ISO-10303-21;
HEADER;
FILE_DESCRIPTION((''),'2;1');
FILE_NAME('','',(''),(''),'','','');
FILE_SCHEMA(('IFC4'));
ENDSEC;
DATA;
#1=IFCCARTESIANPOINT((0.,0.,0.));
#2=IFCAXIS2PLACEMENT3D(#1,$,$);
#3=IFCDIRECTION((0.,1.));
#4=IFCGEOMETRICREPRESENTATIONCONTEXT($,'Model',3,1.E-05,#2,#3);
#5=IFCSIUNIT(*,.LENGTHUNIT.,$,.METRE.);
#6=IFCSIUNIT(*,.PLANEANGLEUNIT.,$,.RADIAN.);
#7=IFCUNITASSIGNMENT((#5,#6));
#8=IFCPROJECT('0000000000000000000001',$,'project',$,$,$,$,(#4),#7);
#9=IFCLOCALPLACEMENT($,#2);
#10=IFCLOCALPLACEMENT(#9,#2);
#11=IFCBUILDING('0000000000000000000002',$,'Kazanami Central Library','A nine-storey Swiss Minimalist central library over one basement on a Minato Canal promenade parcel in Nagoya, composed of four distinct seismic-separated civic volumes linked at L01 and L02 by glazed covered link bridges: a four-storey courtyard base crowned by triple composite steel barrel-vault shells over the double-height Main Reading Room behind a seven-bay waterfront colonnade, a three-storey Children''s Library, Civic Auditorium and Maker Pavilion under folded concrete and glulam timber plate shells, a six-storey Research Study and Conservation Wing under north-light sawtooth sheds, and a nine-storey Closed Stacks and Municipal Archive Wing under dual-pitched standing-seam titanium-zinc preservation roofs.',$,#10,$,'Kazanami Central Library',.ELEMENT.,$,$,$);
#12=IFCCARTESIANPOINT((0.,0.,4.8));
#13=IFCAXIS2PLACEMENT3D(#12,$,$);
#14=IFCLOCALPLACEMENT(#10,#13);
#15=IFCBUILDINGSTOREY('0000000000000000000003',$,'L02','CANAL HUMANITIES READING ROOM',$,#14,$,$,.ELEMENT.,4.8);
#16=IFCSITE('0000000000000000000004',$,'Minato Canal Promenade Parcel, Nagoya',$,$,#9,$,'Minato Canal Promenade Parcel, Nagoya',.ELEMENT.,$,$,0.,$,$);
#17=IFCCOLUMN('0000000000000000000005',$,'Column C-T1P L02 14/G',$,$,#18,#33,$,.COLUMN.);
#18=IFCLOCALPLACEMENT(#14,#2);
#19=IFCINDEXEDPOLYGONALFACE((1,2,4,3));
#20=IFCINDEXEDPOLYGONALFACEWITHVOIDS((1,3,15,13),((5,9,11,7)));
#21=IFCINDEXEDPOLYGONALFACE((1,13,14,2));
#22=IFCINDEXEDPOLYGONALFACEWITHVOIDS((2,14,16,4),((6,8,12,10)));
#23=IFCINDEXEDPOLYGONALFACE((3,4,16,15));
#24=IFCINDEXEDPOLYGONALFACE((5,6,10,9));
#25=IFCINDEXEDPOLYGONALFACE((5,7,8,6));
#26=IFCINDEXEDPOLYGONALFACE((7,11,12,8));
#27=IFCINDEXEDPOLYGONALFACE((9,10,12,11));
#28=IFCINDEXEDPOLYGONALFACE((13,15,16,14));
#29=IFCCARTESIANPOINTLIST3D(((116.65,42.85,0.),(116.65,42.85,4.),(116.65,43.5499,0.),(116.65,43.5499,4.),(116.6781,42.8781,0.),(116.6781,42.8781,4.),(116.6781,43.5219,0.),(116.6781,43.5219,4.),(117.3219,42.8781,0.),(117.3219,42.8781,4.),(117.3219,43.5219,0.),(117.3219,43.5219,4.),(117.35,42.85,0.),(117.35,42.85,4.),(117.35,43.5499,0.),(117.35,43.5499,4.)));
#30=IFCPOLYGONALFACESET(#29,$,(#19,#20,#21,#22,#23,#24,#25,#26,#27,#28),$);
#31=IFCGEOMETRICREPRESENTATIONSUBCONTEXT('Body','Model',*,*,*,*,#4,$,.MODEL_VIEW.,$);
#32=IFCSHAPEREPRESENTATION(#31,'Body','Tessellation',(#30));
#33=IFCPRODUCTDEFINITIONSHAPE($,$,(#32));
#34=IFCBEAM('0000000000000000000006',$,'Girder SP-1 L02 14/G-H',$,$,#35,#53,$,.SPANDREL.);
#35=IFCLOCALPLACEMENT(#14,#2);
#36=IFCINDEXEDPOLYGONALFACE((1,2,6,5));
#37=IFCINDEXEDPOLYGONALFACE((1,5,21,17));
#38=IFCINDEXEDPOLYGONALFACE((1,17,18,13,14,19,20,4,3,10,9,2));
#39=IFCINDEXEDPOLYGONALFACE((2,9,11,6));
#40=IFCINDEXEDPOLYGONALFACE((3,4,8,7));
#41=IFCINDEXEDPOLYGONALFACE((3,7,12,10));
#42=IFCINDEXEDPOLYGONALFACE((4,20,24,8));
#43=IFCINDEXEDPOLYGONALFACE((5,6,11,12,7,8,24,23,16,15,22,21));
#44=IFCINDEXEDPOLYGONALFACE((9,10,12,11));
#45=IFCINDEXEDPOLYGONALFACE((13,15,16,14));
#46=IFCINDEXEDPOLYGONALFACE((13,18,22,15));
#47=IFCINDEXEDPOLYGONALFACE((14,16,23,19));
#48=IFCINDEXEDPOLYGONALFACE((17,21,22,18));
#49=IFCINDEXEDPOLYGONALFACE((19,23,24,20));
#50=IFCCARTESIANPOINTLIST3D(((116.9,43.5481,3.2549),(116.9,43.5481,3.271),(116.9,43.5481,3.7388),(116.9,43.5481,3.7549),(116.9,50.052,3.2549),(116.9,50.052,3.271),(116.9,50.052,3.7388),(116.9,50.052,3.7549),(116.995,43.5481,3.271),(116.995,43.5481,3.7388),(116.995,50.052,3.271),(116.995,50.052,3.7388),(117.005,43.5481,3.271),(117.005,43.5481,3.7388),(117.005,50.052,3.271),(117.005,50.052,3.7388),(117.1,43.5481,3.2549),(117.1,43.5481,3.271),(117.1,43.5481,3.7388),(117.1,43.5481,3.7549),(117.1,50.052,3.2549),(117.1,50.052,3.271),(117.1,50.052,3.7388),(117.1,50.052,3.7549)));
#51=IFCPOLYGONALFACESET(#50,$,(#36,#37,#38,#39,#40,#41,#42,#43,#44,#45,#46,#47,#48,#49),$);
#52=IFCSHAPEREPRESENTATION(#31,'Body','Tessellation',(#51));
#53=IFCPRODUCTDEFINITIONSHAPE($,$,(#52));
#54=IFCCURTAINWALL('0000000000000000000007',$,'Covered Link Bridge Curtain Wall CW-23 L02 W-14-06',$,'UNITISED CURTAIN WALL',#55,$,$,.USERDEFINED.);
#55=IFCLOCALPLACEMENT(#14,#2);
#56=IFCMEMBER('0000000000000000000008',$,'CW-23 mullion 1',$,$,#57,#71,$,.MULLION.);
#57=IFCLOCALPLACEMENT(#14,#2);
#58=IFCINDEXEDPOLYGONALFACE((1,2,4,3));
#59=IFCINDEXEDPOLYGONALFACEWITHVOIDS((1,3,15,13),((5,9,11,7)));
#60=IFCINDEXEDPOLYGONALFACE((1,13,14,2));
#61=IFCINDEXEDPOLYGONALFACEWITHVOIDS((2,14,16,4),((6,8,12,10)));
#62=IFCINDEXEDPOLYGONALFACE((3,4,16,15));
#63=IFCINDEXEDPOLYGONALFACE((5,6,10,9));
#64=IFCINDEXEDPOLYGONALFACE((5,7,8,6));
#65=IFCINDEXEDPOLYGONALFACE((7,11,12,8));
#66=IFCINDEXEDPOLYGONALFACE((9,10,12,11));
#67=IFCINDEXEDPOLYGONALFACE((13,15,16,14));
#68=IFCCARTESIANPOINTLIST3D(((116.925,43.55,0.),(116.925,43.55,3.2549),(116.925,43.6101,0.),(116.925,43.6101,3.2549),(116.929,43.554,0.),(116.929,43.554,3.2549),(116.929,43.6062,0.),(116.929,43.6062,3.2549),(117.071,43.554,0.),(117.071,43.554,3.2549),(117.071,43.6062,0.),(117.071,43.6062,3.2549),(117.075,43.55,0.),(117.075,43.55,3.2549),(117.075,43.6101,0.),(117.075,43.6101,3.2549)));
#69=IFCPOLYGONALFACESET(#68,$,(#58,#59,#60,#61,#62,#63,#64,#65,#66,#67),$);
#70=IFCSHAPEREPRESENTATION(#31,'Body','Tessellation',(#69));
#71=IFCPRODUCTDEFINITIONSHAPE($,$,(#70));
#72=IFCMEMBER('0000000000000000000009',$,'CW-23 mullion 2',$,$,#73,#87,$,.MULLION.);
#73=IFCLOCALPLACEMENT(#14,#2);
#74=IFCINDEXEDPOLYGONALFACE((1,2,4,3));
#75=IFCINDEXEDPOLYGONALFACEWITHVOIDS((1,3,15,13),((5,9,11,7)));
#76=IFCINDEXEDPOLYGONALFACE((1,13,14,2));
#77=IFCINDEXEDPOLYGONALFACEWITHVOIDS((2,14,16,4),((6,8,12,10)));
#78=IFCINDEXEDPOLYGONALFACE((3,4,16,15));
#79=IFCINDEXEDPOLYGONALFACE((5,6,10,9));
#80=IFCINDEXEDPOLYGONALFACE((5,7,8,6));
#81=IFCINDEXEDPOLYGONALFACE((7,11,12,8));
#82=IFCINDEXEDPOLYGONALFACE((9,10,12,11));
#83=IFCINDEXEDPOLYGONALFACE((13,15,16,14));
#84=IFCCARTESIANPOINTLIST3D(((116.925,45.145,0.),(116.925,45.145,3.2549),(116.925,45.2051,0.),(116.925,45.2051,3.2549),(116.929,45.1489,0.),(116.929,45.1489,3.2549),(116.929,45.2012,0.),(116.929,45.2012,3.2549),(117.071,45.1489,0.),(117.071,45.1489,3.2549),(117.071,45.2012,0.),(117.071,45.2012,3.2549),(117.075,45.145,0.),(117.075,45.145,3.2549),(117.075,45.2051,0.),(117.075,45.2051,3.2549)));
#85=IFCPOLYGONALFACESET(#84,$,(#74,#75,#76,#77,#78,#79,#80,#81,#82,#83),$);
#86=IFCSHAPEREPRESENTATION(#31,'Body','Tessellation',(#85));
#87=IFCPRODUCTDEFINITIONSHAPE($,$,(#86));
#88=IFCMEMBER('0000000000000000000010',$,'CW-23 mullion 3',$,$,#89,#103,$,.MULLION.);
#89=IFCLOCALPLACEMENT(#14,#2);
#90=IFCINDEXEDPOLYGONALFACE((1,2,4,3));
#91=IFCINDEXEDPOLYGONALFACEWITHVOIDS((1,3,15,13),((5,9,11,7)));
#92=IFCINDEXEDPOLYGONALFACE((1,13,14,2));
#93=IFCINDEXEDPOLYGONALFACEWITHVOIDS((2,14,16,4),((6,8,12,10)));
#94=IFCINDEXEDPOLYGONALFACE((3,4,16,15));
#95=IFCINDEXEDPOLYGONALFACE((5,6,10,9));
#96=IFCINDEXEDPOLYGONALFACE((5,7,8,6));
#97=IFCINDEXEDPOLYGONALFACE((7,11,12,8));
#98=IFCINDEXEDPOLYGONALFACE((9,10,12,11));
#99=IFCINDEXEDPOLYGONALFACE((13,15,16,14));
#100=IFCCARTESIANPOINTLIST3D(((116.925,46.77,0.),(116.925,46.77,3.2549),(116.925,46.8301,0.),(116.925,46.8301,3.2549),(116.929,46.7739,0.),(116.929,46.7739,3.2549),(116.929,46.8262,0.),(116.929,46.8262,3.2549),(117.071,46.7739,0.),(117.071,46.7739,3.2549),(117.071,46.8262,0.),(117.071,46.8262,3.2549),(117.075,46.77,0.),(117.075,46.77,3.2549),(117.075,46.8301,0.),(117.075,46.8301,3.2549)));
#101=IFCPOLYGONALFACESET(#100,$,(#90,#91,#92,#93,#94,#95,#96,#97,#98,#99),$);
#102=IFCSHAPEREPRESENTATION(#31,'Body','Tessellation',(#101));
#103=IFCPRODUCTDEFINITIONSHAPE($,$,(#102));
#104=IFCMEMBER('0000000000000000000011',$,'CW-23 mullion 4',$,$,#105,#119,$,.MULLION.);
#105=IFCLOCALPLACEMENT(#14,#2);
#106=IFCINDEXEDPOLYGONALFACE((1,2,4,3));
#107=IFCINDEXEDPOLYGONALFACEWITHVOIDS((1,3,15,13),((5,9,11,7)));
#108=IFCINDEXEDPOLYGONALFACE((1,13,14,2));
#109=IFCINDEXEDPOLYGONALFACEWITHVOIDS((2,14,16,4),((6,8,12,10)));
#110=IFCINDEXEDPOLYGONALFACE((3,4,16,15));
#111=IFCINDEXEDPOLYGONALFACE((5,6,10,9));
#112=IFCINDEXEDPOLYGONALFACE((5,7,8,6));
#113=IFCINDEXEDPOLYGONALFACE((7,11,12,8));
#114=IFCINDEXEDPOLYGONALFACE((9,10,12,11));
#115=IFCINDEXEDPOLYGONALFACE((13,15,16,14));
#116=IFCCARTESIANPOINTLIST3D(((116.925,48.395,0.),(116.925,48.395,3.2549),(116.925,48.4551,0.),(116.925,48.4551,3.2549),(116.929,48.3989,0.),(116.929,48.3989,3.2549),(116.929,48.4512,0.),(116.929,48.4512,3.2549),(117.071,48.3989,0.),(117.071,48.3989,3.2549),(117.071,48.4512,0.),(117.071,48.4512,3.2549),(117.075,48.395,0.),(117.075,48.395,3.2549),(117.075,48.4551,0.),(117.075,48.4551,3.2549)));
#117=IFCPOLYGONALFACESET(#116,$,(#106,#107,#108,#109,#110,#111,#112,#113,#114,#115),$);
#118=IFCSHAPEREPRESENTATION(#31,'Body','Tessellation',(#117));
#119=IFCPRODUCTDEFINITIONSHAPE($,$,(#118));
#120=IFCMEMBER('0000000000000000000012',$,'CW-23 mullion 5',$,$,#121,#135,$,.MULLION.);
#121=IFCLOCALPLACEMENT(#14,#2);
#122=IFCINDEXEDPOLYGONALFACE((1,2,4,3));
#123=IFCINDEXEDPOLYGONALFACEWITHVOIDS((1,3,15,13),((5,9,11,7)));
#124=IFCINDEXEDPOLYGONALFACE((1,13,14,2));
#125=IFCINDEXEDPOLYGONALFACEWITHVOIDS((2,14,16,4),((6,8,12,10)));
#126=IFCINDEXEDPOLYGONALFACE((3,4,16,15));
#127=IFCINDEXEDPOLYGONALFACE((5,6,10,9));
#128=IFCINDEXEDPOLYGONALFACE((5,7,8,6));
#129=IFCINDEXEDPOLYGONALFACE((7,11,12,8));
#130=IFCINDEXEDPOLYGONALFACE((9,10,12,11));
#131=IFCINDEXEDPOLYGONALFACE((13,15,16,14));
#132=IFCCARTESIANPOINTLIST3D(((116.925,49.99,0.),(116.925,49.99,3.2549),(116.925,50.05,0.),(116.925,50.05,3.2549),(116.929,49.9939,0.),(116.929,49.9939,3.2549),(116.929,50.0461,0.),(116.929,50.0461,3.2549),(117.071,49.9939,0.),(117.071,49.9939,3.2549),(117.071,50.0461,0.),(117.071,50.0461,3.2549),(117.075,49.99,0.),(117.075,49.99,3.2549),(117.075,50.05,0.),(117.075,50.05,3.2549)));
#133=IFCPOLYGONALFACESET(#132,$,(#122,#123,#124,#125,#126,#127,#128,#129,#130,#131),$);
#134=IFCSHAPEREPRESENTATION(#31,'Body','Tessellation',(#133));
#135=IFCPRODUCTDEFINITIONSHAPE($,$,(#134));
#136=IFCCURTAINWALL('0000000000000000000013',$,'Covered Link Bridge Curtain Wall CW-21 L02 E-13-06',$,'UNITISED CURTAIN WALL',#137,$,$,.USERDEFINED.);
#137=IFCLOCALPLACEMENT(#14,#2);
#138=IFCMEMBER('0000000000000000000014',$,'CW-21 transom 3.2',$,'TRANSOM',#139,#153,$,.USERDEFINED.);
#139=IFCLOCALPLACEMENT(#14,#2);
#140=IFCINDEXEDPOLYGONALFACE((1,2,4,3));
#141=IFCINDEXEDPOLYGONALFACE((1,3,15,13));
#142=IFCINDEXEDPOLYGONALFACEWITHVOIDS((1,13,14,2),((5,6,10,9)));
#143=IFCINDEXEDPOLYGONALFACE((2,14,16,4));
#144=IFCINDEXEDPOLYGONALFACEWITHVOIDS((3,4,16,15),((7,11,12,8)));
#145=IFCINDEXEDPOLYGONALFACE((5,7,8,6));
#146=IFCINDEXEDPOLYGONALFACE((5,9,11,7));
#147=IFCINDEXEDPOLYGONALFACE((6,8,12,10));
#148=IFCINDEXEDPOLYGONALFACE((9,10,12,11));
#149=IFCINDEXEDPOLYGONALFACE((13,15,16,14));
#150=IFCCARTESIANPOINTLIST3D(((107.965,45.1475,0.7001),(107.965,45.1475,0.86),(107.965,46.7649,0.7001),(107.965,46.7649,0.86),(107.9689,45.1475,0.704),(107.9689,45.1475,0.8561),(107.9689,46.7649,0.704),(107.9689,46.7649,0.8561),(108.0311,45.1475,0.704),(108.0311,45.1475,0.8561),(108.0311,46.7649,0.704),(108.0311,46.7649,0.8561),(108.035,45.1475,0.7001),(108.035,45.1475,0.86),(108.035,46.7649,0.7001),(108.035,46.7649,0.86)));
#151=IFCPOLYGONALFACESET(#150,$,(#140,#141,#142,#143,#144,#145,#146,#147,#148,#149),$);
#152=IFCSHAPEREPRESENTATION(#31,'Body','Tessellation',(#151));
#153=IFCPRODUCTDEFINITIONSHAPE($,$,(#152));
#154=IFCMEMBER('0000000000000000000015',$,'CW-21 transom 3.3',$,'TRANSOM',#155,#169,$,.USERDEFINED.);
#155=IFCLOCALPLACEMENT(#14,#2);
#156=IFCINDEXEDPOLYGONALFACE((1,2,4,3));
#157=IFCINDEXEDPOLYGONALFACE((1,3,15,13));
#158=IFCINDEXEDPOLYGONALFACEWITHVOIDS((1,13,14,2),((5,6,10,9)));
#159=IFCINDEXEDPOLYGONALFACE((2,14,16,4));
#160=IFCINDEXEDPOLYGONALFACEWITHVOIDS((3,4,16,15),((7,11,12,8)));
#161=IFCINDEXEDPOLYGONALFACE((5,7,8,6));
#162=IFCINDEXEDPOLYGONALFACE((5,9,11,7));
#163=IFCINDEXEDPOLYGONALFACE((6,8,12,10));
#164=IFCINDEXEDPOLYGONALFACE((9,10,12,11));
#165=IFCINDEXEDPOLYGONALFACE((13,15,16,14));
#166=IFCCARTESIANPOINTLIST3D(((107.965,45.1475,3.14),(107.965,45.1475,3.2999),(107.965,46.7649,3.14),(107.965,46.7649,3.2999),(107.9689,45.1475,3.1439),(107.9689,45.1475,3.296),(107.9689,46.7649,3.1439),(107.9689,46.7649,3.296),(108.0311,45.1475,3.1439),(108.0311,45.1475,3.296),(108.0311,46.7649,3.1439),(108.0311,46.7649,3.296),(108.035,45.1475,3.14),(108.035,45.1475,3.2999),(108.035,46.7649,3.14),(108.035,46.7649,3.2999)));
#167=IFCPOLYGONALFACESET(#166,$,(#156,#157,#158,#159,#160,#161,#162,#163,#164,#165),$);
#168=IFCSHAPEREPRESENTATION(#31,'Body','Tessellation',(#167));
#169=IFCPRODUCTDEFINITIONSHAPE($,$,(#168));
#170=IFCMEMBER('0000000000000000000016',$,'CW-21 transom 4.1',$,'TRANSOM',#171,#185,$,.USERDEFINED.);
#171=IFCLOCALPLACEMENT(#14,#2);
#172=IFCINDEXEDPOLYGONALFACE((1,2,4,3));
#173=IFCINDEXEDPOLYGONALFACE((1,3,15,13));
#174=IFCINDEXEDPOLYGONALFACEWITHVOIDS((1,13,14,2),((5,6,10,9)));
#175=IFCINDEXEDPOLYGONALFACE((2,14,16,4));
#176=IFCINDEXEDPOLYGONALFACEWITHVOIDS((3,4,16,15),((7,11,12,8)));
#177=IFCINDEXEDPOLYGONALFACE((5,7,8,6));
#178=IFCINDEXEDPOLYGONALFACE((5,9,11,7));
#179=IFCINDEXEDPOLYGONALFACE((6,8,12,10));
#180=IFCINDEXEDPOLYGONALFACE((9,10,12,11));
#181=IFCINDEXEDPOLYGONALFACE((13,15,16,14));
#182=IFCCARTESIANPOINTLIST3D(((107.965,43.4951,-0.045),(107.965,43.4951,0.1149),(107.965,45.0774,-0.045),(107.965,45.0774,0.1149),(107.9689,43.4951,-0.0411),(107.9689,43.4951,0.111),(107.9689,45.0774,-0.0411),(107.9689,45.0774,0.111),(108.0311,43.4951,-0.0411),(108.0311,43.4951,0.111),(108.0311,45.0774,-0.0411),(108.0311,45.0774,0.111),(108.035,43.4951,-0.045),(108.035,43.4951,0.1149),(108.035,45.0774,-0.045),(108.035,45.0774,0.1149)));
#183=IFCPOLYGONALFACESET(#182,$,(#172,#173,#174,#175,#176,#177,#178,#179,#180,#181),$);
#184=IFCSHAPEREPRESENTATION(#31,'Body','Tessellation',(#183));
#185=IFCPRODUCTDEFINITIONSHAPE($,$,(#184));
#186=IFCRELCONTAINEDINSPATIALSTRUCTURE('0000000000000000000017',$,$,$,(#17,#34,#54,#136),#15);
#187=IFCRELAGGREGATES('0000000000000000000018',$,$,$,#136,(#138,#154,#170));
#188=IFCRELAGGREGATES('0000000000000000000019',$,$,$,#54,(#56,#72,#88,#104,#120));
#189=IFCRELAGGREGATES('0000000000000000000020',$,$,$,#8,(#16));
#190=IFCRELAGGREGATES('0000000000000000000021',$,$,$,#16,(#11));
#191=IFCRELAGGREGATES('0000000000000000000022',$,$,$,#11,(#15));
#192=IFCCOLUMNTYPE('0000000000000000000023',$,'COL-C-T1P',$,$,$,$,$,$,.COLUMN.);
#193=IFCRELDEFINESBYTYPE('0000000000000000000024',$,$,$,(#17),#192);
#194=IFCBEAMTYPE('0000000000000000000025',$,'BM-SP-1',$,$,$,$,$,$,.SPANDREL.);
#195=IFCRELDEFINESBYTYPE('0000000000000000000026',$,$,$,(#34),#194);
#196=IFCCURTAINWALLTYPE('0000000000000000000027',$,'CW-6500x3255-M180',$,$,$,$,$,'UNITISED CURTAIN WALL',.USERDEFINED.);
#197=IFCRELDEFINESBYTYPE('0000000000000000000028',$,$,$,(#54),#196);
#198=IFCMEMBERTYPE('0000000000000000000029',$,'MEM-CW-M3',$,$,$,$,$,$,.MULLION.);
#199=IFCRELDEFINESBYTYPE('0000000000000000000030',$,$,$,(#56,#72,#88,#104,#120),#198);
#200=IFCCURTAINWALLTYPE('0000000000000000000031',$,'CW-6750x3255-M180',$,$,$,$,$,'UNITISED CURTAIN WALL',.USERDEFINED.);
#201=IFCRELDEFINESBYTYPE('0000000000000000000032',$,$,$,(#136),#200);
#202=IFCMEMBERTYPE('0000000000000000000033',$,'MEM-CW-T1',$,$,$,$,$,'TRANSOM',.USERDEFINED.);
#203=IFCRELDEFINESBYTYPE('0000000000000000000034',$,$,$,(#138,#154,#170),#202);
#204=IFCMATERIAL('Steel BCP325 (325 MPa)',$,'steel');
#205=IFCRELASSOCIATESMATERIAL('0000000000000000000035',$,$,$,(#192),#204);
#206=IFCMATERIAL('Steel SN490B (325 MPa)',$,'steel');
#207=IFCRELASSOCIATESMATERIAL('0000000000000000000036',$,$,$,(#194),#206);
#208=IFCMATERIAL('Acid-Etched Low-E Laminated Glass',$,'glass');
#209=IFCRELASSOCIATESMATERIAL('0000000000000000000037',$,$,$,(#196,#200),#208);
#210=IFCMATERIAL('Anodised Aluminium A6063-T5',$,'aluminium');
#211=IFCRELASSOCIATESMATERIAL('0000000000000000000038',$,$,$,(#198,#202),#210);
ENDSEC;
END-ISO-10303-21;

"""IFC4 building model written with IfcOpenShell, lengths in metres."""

from ifc_helpers import new_model, si_unit, direction, frame, origin, origin_2d, place, context, subcontext, project, spatial, hollow_rectangle, i_section, extrude, material, material_profile, profile_set, type_object, element, aggregate, save


model = new_model("IFC4")

# Units and contexts
model_context = context("Model", 3, precision=1e-05, world=origin(), true_north=direction((0.0, 1.0)))
body_context = subcontext(model_context, "Body", "Model", "MODEL_VIEW")
ifc_project = project(units=[si_unit("LENGTHUNIT", "METRE"), si_unit("PLANEANGLEUNIT", "RADIAN")], contexts=[model_context])

# Site, building, storey
site_placement = place(None, origin())
site = spatial("IfcSite", under=ifc_project, at=site_placement, Name="Minato Canal Promenade Parcel, Nagoya", LongName="Minato Canal Promenade Parcel, Nagoya", CompositionType="ELEMENT", RefElevation=0.0)
building_placement = place(site_placement, origin())
building = spatial("IfcBuilding", under=site, at=building_placement, Name="Kazanami Central Library", Description="A nine-storey Swiss Minimalist central library over one basement on a Minato Canal promenade parcel in Nagoya, composed of four distinct seismic-separated civic volumes linked at L01 and L02 by glazed covered link bridges: a four-storey courtyard base crowned by triple composite steel barrel-vault shells over the double-height Main Reading Room behind a seven-bay waterfront colonnade, a three-storey Children's Library, Civic Auditorium and Maker Pavilion under folded concrete and glulam timber plate shells, a six-storey Research Study and Conservation Wing under north-light sawtooth sheds, and a nine-storey Closed Stacks and Municipal Archive Wing under dual-pitched standing-seam titanium-zinc preservation roofs.", LongName="Kazanami Central Library", CompositionType="ELEMENT")
storey_placement = place(building_placement, frame((0.0, 0.0, 4.8)))
storey = spatial("IfcBuildingStorey", under=building, at=storey_placement, Name="L02", Description="CANAL HUMANITIES READING ROOM", CompositionType="ELEMENT", Elevation=4.8)

# Column
ifc_material_1 = material(Name="Steel BCP325 (325 MPa)", Category="steel")
ifc_material_profile_1 = material_profile(ifc_material_1, hollow_rectangle(XDim=0.7, YDim=0.7, WallThickness=0.0281, at=origin_2d()), Name="BCP-700x700x28")
ifc_profile_set_1 = profile_set([ifc_material_profile_1], Name="Steel BCP325 (325 MPa)")
column_type = type_object("IfcColumnType", Name="COL-C-T1P", PredefinedType="COLUMN", material=ifc_profile_set_1)
column_placement = place(storey_placement, frame((117.0, 43.2, 0.0), z_axis=(0.0, 0.0, 1.0), x_axis=(1.0, 0.0, 0.0)))
element("IfcColumn", 1, at=column_placement, inside=storey, type_object=column_type, Name="Column C-T1P L02 14/G", PredefinedType="COLUMN", context=body_context, shape_type="SweptSolid", body=[
    extrude(hollow_rectangle(XDim=0.7, YDim=0.7, WallThickness=0.0281, at=origin_2d()), origin(), (0.0, 0.0, 1.0), 4.0),
])

# Beam
ifc_material_2 = material(Name="Steel SN490B (325 MPa)", Category="steel")
ifc_material_profile_2 = material_profile(ifc_material_2, i_section(OverallWidth=0.2, OverallDepth=0.5, WebThickness=0.01, FlangeThickness=0.0161, at=origin_2d()), Name="H-500x200x10x16")
ifc_profile_set_2 = profile_set([ifc_material_profile_2], Name="Steel SN490B (325 MPa)")
beam_type = type_object("IfcBeamType", Name="BM-SP-1", PredefinedType="SPANDREL", material=ifc_profile_set_2)
beam_placement = place(storey_placement, frame((117.0, 43.5481, 3.5049), z_axis=(0.0, 1.0, 0.0), x_axis=(-1.0, 0.0, 0.0)))
element("IfcBeam", 2, at=beam_placement, inside=storey, type_object=beam_type, Name="Girder SP-1 L02 14/G-H", PredefinedType="SPANDREL", context=body_context, shape_type="SweptSolid", body=[
    extrude(i_section(OverallWidth=0.2, OverallDepth=0.5, WebThickness=0.01, FlangeThickness=0.0161, at=origin_2d()), origin(), (0.0, 0.0, 1.0), 6.5039),
])

# Curtain walls, members
ifc_material_3 = material(Name="Acid-Etched Low-E Laminated Glass", Category="glass")
curtain_wall_type_1 = type_object("IfcCurtainWallType", Name="CW-6500x3255-M180", ElementType="UNITISED CURTAIN WALL", PredefinedType="USERDEFINED", material=ifc_material_3)
curtain_wall_1_placement = place(storey_placement, origin())
curtain_wall_1 = element("IfcCurtainWall", 3, at=curtain_wall_1_placement, inside=storey, type_object=curtain_wall_type_1, Name="Covered Link Bridge Curtain Wall CW-23 L02 W-14-06", ObjectType="UNITISED CURTAIN WALL", PredefinedType="USERDEFINED")
ifc_material_4 = material(Name="Anodised Aluminium A6063-T5", Category="aluminium")
ifc_material_profile_3 = material_profile(ifc_material_4, hollow_rectangle(XDim=0.0601, YDim=0.1499, WallThickness=0.0039, at=origin_2d()), Name="ALU-MULL-60x150x4")
ifc_profile_set_3 = profile_set([ifc_material_profile_3], Name="Anodised Aluminium A6063-T5")
member_type_1 = type_object("IfcMemberType", Name="MEM-CW-M3", PredefinedType="MULLION", material=ifc_profile_set_3)
member_1_placement = place(storey_placement, frame((117.0, 43.5801, 0.0), z_axis=(0.0, 0.0, 1.0), x_axis=(0.0, 1.0, 0.0)))
member_1 = element("IfcMember", 4, at=member_1_placement, type_object=member_type_1, Name="CW-23 mullion 1", PredefinedType="MULLION", context=body_context, shape_type="SweptSolid", body=[
    extrude(hollow_rectangle(XDim=0.0601, YDim=0.1499, WallThickness=0.0039, at=origin_2d()), origin(), (0.0, 0.0, 1.0), 3.2549),
])
member_2_placement = place(storey_placement, frame((117.0, 45.175, 0.0), z_axis=(0.0, 0.0, 1.0), x_axis=(0.0, 1.0, 0.0)))
member_2 = element("IfcMember", 5, at=member_2_placement, type_object=member_type_1, Name="CW-23 mullion 2", PredefinedType="MULLION", context=body_context, shape_type="SweptSolid", body=[
    extrude(hollow_rectangle(XDim=0.0601, YDim=0.1499, WallThickness=0.0039, at=origin_2d()), origin(), (0.0, 0.0, 1.0), 3.2549),
])
member_3_placement = place(storey_placement, frame((117.0, 46.8, 0.0), z_axis=(0.0, 0.0, 1.0), x_axis=(0.0, 1.0, 0.0)))
member_3 = element("IfcMember", 6, at=member_3_placement, type_object=member_type_1, Name="CW-23 mullion 3", PredefinedType="MULLION", context=body_context, shape_type="SweptSolid", body=[
    extrude(hollow_rectangle(XDim=0.0601, YDim=0.1499, WallThickness=0.0039, at=origin_2d()), origin(), (0.0, 0.0, 1.0), 3.2549),
])
member_4_placement = place(storey_placement, frame((117.0, 48.425, 0.0), z_axis=(0.0, 0.0, 1.0), x_axis=(0.0, 1.0, 0.0)))
member_4 = element("IfcMember", 7, at=member_4_placement, type_object=member_type_1, Name="CW-23 mullion 4", PredefinedType="MULLION", context=body_context, shape_type="SweptSolid", body=[
    extrude(hollow_rectangle(XDim=0.0601, YDim=0.1499, WallThickness=0.0039, at=origin_2d()), origin(), (0.0, 0.0, 1.0), 3.2549),
])
member_5_placement = place(storey_placement, frame((117.0, 50.02, 0.0), z_axis=(0.0, 0.0, 1.0), x_axis=(0.0, 1.0, 0.0)))
member_5 = element("IfcMember", 8, at=member_5_placement, type_object=member_type_1, Name="CW-23 mullion 5", PredefinedType="MULLION", context=body_context, shape_type="SweptSolid", body=[
    extrude(hollow_rectangle(XDim=0.0601, YDim=0.1499, WallThickness=0.0039, at=origin_2d()), origin(), (0.0, 0.0, 1.0), 3.2549),
])
curtain_wall_type_2 = type_object("IfcCurtainWallType", Name="CW-6750x3255-M180", ElementType="UNITISED CURTAIN WALL", PredefinedType="USERDEFINED", material=ifc_material_3)
curtain_wall_2_placement = place(storey_placement, origin())
curtain_wall_2 = element("IfcCurtainWall", 9, at=curtain_wall_2_placement, inside=storey, type_object=curtain_wall_type_2, Name="Covered Link Bridge Curtain Wall CW-21 L02 E-13-06", ObjectType="UNITISED CURTAIN WALL", PredefinedType="USERDEFINED")
ifc_material_profile_4 = material_profile(ifc_material_4, hollow_rectangle(XDim=0.0701, YDim=0.1599, WallThickness=0.0039, at=origin_2d()), Name="ALU-TRAN-70x160x4")
ifc_profile_set_4 = profile_set([ifc_material_profile_4], Name="Anodised Aluminium A6063-T5")
member_type_2 = type_object("IfcMemberType", Name="MEM-CW-T1", ElementType="TRANSOM", PredefinedType="USERDEFINED", material=ifc_profile_set_4)
member_6_placement = place(storey_placement, frame((108.0, 46.7649, 0.78), z_axis=(0.0, -1.0, 0.0), x_axis=(1.0, 0.0, 0.0)))
member_6 = element("IfcMember", 10, at=member_6_placement, type_object=member_type_2, Name="CW-21 transom 3.2", ObjectType="TRANSOM", PredefinedType="USERDEFINED", context=body_context, shape_type="SweptSolid", body=[
    extrude(hollow_rectangle(XDim=0.0701, YDim=0.1599, WallThickness=0.0039, at=origin_2d()), origin(), (0.0, 0.0, 1.0), 1.6174),
])
member_7_placement = place(storey_placement, frame((108.0, 46.7649, 3.22), z_axis=(0.0, -1.0, 0.0), x_axis=(1.0, 0.0, 0.0)))
member_7 = element("IfcMember", 11, at=member_7_placement, type_object=member_type_2, Name="CW-21 transom 3.3", ObjectType="TRANSOM", PredefinedType="USERDEFINED", context=body_context, shape_type="SweptSolid", body=[
    extrude(hollow_rectangle(XDim=0.0701, YDim=0.1599, WallThickness=0.0039, at=origin_2d()), origin(), (0.0, 0.0, 1.0), 1.6174),
])
member_8_placement = place(storey_placement, frame((108.0, 45.0774, 0.0349), z_axis=(0.0, -1.0, 0.0), x_axis=(1.0, 0.0, 0.0)))
member_8 = element("IfcMember", 12, at=member_8_placement, type_object=member_type_2, Name="CW-21 transom 4.1", ObjectType="TRANSOM", PredefinedType="USERDEFINED", context=body_context, shape_type="SweptSolid", body=[
    extrude(hollow_rectangle(XDim=0.0701, YDim=0.1599, WallThickness=0.0039, at=origin_2d()), origin(), (0.0, 0.0, 1.0), 1.5823),
])

aggregate(curtain_wall_2, [member_6, member_7, member_8])
aggregate(curtain_wall_1, [member_1, member_2, member_3, member_4, member_5])

save(model, "model.ifc")
